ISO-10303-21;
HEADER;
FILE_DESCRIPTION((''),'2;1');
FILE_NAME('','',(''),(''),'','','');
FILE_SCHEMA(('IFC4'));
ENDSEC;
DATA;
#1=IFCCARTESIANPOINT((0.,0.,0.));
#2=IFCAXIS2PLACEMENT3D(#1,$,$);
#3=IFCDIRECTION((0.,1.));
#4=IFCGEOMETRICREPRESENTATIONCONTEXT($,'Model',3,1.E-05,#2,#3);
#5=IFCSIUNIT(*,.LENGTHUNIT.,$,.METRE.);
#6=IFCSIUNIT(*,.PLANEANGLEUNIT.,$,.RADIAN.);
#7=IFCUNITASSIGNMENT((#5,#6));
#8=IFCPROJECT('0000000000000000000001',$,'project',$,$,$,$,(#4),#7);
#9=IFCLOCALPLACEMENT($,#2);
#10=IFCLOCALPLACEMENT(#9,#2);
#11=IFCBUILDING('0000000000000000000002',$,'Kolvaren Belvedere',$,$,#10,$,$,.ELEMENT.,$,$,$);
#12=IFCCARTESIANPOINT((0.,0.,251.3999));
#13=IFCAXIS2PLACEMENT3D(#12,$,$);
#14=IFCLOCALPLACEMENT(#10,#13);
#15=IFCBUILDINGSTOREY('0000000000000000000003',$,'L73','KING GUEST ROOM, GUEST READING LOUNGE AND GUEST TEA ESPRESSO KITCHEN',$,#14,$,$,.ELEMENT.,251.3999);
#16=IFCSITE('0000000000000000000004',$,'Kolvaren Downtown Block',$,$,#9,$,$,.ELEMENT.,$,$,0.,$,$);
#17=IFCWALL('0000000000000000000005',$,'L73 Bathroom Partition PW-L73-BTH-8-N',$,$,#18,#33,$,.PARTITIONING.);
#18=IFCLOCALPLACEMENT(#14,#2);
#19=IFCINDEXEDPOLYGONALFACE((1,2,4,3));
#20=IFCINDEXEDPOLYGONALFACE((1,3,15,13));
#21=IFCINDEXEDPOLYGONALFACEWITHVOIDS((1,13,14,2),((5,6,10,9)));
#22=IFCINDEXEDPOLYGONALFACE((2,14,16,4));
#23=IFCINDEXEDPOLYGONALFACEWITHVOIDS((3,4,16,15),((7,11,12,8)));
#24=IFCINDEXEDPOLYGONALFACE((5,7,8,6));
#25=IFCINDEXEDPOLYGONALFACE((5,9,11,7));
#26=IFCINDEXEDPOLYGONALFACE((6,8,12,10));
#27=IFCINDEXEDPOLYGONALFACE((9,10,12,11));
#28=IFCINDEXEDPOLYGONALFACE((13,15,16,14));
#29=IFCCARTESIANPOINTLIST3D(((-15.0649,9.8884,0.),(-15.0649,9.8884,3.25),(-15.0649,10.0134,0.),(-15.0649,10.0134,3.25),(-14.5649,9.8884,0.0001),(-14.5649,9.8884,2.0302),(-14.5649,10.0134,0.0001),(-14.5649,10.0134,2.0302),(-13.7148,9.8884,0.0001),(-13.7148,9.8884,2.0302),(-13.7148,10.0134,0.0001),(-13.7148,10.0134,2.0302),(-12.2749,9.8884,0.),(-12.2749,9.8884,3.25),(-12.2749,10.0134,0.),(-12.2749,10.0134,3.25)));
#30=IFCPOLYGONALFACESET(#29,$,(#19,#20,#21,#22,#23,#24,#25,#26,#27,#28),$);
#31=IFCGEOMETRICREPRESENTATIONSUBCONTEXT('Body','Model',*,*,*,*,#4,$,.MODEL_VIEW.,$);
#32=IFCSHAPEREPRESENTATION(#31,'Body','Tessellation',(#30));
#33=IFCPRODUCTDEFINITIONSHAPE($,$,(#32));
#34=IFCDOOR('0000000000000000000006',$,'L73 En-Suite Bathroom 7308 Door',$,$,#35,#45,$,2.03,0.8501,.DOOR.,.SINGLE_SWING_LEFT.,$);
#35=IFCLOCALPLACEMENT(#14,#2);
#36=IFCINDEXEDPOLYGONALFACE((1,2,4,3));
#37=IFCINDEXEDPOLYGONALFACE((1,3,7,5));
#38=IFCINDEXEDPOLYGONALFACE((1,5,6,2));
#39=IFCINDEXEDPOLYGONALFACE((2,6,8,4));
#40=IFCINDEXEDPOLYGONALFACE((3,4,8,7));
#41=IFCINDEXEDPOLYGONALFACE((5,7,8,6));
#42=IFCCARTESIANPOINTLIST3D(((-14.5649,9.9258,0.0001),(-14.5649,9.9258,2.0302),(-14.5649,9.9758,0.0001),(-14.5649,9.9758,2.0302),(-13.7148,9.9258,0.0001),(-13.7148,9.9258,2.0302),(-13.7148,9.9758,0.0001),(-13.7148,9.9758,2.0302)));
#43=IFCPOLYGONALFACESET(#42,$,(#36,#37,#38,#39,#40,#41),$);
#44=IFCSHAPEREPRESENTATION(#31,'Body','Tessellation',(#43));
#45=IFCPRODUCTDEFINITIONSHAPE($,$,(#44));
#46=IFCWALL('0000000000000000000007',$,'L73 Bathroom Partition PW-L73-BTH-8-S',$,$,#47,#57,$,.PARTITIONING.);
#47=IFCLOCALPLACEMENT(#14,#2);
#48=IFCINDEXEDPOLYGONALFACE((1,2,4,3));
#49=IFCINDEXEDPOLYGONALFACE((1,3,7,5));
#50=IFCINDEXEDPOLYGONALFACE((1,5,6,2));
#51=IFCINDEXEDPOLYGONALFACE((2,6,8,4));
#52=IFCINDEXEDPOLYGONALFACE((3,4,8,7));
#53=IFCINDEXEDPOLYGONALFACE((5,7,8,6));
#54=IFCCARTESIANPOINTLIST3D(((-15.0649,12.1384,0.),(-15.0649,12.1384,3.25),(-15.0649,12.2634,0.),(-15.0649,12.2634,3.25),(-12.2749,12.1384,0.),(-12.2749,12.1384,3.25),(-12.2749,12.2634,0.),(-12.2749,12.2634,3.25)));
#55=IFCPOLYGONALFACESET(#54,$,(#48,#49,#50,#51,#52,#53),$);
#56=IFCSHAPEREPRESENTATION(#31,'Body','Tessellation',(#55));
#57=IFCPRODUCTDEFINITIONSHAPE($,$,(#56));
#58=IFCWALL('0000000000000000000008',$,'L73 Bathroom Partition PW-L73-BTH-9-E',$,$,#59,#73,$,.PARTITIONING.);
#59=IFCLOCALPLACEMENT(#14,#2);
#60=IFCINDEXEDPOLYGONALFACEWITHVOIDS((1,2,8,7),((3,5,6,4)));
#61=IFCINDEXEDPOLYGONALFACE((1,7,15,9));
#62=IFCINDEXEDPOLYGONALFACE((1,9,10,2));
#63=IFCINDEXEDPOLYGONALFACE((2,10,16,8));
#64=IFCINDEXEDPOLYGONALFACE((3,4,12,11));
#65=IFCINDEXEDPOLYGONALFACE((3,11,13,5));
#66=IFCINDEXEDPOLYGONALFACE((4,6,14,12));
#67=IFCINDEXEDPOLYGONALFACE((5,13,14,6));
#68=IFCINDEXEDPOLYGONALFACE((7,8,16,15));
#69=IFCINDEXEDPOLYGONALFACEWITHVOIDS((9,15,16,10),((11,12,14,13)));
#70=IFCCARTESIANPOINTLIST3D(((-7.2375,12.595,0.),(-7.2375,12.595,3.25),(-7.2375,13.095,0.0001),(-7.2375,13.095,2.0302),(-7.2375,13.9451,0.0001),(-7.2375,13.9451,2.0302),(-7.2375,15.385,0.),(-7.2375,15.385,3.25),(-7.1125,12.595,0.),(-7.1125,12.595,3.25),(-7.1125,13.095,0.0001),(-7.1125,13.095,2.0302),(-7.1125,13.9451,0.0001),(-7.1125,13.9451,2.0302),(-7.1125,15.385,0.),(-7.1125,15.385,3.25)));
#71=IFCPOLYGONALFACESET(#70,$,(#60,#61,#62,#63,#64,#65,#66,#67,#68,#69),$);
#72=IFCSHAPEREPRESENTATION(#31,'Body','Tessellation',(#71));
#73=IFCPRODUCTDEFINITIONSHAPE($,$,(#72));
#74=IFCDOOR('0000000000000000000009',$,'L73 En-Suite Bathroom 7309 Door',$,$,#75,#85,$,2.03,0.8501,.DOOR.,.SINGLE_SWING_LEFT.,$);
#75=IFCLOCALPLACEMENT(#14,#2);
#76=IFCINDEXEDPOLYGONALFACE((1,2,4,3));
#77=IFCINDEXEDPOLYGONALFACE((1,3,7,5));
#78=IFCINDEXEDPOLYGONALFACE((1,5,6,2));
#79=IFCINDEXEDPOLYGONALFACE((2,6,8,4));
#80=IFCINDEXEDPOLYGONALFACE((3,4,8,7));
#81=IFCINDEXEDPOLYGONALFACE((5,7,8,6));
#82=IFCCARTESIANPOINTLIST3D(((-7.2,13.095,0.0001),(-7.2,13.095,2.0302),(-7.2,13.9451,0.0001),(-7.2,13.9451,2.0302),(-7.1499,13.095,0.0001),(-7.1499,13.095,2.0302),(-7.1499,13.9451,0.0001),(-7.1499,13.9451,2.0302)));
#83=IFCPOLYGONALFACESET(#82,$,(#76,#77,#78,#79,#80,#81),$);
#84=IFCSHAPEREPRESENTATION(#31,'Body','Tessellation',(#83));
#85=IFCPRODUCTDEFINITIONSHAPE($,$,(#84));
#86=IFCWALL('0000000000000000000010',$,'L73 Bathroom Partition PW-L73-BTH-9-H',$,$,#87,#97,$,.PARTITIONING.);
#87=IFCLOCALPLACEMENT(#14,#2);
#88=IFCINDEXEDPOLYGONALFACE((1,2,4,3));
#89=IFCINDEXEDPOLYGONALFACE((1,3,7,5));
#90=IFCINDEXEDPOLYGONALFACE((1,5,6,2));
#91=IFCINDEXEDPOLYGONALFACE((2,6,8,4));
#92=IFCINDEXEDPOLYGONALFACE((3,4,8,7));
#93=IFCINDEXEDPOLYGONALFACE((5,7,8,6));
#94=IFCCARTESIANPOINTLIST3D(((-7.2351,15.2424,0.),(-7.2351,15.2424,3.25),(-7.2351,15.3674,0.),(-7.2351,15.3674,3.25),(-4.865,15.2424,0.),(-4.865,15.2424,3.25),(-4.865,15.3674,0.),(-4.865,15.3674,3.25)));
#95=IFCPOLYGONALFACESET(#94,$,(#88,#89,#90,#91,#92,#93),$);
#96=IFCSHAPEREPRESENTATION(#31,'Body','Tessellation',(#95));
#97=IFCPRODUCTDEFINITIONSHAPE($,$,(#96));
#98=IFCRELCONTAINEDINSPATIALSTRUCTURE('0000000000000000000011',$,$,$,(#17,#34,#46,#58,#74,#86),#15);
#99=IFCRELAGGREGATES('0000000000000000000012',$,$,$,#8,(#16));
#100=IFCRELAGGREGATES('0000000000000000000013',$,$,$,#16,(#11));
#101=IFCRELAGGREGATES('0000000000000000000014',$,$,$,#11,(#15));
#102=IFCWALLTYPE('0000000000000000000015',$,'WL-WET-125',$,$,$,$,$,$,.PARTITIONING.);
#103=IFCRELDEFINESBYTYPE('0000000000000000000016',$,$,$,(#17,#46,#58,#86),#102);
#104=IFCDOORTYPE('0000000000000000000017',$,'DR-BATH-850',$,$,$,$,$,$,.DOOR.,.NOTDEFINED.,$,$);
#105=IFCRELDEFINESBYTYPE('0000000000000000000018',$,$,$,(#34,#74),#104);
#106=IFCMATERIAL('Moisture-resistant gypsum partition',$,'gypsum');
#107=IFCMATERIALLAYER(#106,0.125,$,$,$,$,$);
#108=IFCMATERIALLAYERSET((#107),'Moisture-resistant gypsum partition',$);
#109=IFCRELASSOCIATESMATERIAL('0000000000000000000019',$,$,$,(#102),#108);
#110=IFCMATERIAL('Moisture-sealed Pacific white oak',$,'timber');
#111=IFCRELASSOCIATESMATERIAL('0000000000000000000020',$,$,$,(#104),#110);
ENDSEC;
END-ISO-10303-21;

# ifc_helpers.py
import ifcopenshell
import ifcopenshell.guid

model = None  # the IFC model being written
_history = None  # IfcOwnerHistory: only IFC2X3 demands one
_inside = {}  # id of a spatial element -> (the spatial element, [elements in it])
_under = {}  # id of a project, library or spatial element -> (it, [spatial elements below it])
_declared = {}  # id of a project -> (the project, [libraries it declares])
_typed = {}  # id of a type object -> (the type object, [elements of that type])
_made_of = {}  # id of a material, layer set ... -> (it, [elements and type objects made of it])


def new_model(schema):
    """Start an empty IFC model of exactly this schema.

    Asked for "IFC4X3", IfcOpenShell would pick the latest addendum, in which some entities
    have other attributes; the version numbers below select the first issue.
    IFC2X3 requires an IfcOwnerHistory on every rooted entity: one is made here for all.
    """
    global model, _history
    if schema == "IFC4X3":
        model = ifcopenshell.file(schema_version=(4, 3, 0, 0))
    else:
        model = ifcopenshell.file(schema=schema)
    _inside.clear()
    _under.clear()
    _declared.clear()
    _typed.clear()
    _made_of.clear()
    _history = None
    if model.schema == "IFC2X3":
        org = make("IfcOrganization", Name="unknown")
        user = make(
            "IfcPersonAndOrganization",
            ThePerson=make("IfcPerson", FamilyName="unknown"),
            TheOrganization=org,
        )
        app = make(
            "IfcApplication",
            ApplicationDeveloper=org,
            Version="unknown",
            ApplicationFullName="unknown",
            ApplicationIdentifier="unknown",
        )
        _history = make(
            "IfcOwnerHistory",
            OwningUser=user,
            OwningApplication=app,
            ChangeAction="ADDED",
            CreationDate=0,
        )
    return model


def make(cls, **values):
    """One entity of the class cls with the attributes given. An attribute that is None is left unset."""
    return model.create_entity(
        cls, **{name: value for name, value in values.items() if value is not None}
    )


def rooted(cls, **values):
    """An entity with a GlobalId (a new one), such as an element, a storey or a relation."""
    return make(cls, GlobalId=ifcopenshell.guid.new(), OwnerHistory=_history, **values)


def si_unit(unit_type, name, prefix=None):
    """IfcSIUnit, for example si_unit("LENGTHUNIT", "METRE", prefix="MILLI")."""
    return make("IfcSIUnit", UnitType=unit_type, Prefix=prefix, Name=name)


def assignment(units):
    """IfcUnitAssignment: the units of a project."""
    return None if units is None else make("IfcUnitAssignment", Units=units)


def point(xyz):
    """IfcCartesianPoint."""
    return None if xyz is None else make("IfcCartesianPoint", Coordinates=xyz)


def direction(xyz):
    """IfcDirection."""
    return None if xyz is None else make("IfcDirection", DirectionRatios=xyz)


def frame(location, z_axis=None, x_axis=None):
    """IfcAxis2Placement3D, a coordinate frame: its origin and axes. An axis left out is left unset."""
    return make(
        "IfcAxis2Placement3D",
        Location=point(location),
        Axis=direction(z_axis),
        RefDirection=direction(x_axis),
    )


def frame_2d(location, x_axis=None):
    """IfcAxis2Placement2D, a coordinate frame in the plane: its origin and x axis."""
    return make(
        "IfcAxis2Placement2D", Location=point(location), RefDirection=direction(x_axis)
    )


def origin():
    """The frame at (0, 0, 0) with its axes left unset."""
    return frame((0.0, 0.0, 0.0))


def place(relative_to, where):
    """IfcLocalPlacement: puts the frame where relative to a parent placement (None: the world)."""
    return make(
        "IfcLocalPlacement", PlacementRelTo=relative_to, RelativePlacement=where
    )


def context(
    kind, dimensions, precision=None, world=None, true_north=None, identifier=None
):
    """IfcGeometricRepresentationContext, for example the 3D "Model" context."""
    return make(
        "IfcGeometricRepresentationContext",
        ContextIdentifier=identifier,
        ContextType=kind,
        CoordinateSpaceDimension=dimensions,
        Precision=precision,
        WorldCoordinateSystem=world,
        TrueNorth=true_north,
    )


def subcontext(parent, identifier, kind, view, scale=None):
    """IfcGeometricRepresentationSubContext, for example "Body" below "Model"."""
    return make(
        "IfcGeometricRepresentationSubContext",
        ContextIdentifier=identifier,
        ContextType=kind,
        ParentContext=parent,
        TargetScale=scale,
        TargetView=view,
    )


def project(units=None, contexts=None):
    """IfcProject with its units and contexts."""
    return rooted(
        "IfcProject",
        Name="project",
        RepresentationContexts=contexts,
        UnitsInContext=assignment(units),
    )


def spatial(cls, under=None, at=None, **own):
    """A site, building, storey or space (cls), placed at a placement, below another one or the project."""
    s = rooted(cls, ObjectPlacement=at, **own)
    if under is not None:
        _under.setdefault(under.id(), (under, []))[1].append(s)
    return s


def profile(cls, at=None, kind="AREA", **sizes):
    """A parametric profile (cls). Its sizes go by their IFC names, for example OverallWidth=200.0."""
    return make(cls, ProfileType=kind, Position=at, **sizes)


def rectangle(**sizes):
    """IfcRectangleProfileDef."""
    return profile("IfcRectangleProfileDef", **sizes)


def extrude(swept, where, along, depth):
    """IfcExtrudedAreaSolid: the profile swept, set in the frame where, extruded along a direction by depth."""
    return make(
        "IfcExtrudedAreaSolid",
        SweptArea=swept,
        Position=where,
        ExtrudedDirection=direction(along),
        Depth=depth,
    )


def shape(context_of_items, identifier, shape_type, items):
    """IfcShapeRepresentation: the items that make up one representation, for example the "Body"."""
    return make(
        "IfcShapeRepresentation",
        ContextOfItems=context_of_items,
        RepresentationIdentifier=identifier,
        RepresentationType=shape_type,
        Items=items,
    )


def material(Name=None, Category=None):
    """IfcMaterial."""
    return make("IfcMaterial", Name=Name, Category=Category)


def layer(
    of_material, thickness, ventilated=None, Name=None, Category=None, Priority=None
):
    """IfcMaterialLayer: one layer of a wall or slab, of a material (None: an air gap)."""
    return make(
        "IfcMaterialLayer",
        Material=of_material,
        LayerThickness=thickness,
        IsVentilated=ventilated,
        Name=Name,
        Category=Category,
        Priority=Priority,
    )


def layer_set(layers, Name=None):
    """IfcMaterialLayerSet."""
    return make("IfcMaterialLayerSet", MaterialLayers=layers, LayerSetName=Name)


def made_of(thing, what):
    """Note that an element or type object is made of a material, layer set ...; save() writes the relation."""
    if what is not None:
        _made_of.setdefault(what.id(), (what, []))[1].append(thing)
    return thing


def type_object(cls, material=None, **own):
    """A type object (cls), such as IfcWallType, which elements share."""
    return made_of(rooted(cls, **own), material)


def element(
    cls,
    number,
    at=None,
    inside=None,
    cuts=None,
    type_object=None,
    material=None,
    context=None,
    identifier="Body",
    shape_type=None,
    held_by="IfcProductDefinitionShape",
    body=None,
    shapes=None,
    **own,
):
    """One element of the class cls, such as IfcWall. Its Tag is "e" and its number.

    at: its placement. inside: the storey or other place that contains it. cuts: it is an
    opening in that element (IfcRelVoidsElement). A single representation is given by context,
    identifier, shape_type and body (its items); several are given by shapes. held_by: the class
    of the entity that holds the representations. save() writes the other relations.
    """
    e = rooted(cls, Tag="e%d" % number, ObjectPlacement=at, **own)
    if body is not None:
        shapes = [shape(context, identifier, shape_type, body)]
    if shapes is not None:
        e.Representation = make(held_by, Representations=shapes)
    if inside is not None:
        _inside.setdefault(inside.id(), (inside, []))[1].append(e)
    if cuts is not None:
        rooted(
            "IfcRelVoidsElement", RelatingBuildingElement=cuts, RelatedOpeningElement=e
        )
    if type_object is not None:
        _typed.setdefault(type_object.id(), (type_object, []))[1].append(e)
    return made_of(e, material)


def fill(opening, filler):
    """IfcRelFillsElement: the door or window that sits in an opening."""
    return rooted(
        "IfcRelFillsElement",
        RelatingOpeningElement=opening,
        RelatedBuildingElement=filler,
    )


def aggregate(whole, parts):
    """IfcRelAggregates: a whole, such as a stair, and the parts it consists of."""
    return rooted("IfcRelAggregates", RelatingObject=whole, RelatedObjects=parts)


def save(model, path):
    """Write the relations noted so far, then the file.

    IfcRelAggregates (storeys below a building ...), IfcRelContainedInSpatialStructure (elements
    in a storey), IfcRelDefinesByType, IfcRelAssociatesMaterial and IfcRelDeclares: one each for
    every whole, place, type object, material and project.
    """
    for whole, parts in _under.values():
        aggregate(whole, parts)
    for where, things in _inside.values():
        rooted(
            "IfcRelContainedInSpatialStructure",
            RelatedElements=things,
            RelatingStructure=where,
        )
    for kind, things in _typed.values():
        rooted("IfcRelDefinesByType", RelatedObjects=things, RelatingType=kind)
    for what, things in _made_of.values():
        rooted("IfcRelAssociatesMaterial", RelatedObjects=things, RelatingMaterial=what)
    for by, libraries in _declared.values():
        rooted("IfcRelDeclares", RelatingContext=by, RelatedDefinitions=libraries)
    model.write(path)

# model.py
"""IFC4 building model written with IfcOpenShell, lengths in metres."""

from ifc_helpers import new_model, si_unit, direction, frame, frame_2d, origin, place, context, subcontext, project, spatial, rectangle, extrude, material, layer, layer_set, type_object, element, fill, save


model = new_model("IFC4")

# Units and contexts
model_context = context("Model", 3, precision=1e-05, world=origin(), true_north=direction((0.0, 1.0)))
body_context = subcontext(model_context, "Body", "Model", "MODEL_VIEW")
ifc_project = project(units=[si_unit("LENGTHUNIT", "METRE"), si_unit("PLANEANGLEUNIT", "RADIAN")], contexts=[model_context])

# Site, building, storey
site_placement = place(None, origin())
site = spatial("IfcSite", under=ifc_project, at=site_placement, Name="Kolvaren Downtown Block", CompositionType="ELEMENT", RefElevation=0.0)
building_placement = place(site_placement, origin())
building = spatial("IfcBuilding", under=site, at=building_placement, Name="Kolvaren Belvedere", CompositionType="ELEMENT")
storey_placement = place(building_placement, frame((0.0, 0.0, 251.3999)))
storey = spatial("IfcBuildingStorey", under=building, at=storey_placement, Name="L73", Description="KING GUEST ROOM, GUEST READING LOUNGE AND GUEST TEA ESPRESSO KITCHEN", CompositionType="ELEMENT", Elevation=251.3999)

# Wall, opening, door
ifc_material_1 = material(Name="Moisture-resistant gypsum partition", Category="gypsum")
ifc_layer_1 = layer(ifc_material_1, 0.125)
ifc_layer_set_1 = layer_set([ifc_layer_1], Name="Moisture-resistant gypsum partition")
wall_type_1 = type_object("IfcWallType", Name="WL-WET-125", PredefinedType="PARTITIONING", material=ifc_layer_set_1)
wall_1_placement = place(storey_placement, frame((-15.0649, 9.9509, 0.0), z_axis=(0.0, 0.0, 1.0), x_axis=(1.0, 0.0, 0.0)))
wall_1 = element("IfcWall", 1, at=wall_1_placement, inside=storey, type_object=wall_type_1, Name="L73 Bathroom Partition PW-L73-BTH-8-N", PredefinedType="PARTITIONING", context=body_context, shape_type="SweptSolid", body=[
    extrude(rectangle(XDim=2.79, YDim=0.125, at=frame_2d((1.395, 0.0))), origin(), (0.0, 0.0, 1.0), 3.25),
])
opening_1_placement = place(wall_1_placement, frame((0.5, 0.0, 0.0)))
opening_1 = element("IfcOpeningElement", 2, at=opening_1_placement, cuts=wall_1, PredefinedType="OPENING", context=body_context, shape_type="SweptSolid", body=[
    extrude(rectangle(XDim=0.8501, YDim=2.03, at=frame_2d((0.425, 1.0151))), frame((0.0, 0.0725, 0.0), z_axis=(0.0, -1.0, 0.0), x_axis=(1.0, 0.0, 0.0)), (0.0, 0.0, 1.0), 0.145),
])
ifc_material_2 = material(Name="Moisture-sealed Pacific white oak", Category="timber")
door_type_1 = type_object("IfcDoorType", Name="DR-BATH-850", OperationType="NOTDEFINED", PredefinedType="DOOR", material=ifc_material_2)
door_1_placement = place(opening_1_placement, origin())
door_1 = element("IfcDoor", 3, at=door_1_placement, inside=storey, type_object=door_type_1, Name="L73 En-Suite Bathroom 7308 Door", OperationType="SINGLE_SWING_LEFT", OverallHeight=2.03, OverallWidth=0.8501, PredefinedType="DOOR", context=body_context, shape_type="SweptSolid", body=[
    extrude(rectangle(XDim=0.8501, YDim=2.03, at=frame_2d((0.425, 1.0151))), frame((0.0, 0.0249, 0.0), z_axis=(0.0, -1.0, 0.0), x_axis=(1.0, 0.0, 0.0)), (0.0, 0.0, 1.0), 0.05),
])
fill(opening_1, door_1)

# Wall
wall_2_placement = place(storey_placement, frame((-15.0649, 12.2009, 0.0), z_axis=(0.0, 0.0, 1.0), x_axis=(1.0, 0.0, 0.0)))
element("IfcWall", 4, at=wall_2_placement, inside=storey, type_object=wall_type_1, Name="L73 Bathroom Partition PW-L73-BTH-8-S", PredefinedType="PARTITIONING", context=body_context, shape_type="SweptSolid", body=[
    extrude(rectangle(XDim=2.79, YDim=0.125, at=frame_2d((1.395, 0.0))), origin(), (0.0, 0.0, 1.0), 3.25),
])

# Wall, opening, door
wall_3_placement = place(storey_placement, frame((-7.175, 12.595, 0.0), z_axis=(0.0, 0.0, 1.0), x_axis=(0.0, 1.0, 0.0)))
wall_3 = element("IfcWall", 5, at=wall_3_placement, inside=storey, type_object=wall_type_1, Name="L73 Bathroom Partition PW-L73-BTH-9-E", PredefinedType="PARTITIONING", context=body_context, shape_type="SweptSolid", body=[
    extrude(rectangle(XDim=2.79, YDim=0.125, at=frame_2d((1.395, 0.0))), origin(), (0.0, 0.0, 1.0), 3.25),
])
opening_2_placement = place(wall_3_placement, frame((0.5, 0.0, 0.0)))
opening_2 = element("IfcOpeningElement", 6, at=opening_2_placement, cuts=wall_3, PredefinedType="OPENING", context=body_context, shape_type="SweptSolid", body=[
    extrude(rectangle(XDim=0.8501, YDim=2.03, at=frame_2d((0.425, 1.0151))), frame((0.0, 0.0725, 0.0), z_axis=(0.0, -1.0, 0.0), x_axis=(1.0, 0.0, 0.0)), (0.0, 0.0, 1.0), 0.145),
])
door_2_placement = place(opening_2_placement, origin())
door_2 = element("IfcDoor", 7, at=door_2_placement, inside=storey, type_object=door_type_1, Name="L73 En-Suite Bathroom 7309 Door", OperationType="SINGLE_SWING_LEFT", OverallHeight=2.03, OverallWidth=0.8501, PredefinedType="DOOR", context=body_context, shape_type="SweptSolid", body=[
    extrude(rectangle(XDim=0.8501, YDim=2.03, at=frame_2d((0.425, 1.0151))), frame((0.0, 0.0249, 0.0), z_axis=(0.0, -1.0, 0.0), x_axis=(1.0, 0.0, 0.0)), (0.0, 0.0, 1.0), 0.05),
])
fill(opening_2, door_2)

# Wall
wall_4_placement = place(storey_placement, frame((-7.2351, 15.3049, 0.0), z_axis=(0.0, 0.0, 1.0), x_axis=(1.0, 0.0, 0.0)))
element("IfcWall", 8, at=wall_4_placement, inside=storey, type_object=wall_type_1, Name="L73 Bathroom Partition PW-L73-BTH-9-H", PredefinedType="PARTITIONING", context=body_context, shape_type="SweptSolid", body=[
    extrude(rectangle(XDim=2.3701, YDim=0.125, at=frame_2d((1.1851, 0.0))), origin(), (0.0, 0.0, 1.0), 3.25),
])

save(model, "model.ifc")
